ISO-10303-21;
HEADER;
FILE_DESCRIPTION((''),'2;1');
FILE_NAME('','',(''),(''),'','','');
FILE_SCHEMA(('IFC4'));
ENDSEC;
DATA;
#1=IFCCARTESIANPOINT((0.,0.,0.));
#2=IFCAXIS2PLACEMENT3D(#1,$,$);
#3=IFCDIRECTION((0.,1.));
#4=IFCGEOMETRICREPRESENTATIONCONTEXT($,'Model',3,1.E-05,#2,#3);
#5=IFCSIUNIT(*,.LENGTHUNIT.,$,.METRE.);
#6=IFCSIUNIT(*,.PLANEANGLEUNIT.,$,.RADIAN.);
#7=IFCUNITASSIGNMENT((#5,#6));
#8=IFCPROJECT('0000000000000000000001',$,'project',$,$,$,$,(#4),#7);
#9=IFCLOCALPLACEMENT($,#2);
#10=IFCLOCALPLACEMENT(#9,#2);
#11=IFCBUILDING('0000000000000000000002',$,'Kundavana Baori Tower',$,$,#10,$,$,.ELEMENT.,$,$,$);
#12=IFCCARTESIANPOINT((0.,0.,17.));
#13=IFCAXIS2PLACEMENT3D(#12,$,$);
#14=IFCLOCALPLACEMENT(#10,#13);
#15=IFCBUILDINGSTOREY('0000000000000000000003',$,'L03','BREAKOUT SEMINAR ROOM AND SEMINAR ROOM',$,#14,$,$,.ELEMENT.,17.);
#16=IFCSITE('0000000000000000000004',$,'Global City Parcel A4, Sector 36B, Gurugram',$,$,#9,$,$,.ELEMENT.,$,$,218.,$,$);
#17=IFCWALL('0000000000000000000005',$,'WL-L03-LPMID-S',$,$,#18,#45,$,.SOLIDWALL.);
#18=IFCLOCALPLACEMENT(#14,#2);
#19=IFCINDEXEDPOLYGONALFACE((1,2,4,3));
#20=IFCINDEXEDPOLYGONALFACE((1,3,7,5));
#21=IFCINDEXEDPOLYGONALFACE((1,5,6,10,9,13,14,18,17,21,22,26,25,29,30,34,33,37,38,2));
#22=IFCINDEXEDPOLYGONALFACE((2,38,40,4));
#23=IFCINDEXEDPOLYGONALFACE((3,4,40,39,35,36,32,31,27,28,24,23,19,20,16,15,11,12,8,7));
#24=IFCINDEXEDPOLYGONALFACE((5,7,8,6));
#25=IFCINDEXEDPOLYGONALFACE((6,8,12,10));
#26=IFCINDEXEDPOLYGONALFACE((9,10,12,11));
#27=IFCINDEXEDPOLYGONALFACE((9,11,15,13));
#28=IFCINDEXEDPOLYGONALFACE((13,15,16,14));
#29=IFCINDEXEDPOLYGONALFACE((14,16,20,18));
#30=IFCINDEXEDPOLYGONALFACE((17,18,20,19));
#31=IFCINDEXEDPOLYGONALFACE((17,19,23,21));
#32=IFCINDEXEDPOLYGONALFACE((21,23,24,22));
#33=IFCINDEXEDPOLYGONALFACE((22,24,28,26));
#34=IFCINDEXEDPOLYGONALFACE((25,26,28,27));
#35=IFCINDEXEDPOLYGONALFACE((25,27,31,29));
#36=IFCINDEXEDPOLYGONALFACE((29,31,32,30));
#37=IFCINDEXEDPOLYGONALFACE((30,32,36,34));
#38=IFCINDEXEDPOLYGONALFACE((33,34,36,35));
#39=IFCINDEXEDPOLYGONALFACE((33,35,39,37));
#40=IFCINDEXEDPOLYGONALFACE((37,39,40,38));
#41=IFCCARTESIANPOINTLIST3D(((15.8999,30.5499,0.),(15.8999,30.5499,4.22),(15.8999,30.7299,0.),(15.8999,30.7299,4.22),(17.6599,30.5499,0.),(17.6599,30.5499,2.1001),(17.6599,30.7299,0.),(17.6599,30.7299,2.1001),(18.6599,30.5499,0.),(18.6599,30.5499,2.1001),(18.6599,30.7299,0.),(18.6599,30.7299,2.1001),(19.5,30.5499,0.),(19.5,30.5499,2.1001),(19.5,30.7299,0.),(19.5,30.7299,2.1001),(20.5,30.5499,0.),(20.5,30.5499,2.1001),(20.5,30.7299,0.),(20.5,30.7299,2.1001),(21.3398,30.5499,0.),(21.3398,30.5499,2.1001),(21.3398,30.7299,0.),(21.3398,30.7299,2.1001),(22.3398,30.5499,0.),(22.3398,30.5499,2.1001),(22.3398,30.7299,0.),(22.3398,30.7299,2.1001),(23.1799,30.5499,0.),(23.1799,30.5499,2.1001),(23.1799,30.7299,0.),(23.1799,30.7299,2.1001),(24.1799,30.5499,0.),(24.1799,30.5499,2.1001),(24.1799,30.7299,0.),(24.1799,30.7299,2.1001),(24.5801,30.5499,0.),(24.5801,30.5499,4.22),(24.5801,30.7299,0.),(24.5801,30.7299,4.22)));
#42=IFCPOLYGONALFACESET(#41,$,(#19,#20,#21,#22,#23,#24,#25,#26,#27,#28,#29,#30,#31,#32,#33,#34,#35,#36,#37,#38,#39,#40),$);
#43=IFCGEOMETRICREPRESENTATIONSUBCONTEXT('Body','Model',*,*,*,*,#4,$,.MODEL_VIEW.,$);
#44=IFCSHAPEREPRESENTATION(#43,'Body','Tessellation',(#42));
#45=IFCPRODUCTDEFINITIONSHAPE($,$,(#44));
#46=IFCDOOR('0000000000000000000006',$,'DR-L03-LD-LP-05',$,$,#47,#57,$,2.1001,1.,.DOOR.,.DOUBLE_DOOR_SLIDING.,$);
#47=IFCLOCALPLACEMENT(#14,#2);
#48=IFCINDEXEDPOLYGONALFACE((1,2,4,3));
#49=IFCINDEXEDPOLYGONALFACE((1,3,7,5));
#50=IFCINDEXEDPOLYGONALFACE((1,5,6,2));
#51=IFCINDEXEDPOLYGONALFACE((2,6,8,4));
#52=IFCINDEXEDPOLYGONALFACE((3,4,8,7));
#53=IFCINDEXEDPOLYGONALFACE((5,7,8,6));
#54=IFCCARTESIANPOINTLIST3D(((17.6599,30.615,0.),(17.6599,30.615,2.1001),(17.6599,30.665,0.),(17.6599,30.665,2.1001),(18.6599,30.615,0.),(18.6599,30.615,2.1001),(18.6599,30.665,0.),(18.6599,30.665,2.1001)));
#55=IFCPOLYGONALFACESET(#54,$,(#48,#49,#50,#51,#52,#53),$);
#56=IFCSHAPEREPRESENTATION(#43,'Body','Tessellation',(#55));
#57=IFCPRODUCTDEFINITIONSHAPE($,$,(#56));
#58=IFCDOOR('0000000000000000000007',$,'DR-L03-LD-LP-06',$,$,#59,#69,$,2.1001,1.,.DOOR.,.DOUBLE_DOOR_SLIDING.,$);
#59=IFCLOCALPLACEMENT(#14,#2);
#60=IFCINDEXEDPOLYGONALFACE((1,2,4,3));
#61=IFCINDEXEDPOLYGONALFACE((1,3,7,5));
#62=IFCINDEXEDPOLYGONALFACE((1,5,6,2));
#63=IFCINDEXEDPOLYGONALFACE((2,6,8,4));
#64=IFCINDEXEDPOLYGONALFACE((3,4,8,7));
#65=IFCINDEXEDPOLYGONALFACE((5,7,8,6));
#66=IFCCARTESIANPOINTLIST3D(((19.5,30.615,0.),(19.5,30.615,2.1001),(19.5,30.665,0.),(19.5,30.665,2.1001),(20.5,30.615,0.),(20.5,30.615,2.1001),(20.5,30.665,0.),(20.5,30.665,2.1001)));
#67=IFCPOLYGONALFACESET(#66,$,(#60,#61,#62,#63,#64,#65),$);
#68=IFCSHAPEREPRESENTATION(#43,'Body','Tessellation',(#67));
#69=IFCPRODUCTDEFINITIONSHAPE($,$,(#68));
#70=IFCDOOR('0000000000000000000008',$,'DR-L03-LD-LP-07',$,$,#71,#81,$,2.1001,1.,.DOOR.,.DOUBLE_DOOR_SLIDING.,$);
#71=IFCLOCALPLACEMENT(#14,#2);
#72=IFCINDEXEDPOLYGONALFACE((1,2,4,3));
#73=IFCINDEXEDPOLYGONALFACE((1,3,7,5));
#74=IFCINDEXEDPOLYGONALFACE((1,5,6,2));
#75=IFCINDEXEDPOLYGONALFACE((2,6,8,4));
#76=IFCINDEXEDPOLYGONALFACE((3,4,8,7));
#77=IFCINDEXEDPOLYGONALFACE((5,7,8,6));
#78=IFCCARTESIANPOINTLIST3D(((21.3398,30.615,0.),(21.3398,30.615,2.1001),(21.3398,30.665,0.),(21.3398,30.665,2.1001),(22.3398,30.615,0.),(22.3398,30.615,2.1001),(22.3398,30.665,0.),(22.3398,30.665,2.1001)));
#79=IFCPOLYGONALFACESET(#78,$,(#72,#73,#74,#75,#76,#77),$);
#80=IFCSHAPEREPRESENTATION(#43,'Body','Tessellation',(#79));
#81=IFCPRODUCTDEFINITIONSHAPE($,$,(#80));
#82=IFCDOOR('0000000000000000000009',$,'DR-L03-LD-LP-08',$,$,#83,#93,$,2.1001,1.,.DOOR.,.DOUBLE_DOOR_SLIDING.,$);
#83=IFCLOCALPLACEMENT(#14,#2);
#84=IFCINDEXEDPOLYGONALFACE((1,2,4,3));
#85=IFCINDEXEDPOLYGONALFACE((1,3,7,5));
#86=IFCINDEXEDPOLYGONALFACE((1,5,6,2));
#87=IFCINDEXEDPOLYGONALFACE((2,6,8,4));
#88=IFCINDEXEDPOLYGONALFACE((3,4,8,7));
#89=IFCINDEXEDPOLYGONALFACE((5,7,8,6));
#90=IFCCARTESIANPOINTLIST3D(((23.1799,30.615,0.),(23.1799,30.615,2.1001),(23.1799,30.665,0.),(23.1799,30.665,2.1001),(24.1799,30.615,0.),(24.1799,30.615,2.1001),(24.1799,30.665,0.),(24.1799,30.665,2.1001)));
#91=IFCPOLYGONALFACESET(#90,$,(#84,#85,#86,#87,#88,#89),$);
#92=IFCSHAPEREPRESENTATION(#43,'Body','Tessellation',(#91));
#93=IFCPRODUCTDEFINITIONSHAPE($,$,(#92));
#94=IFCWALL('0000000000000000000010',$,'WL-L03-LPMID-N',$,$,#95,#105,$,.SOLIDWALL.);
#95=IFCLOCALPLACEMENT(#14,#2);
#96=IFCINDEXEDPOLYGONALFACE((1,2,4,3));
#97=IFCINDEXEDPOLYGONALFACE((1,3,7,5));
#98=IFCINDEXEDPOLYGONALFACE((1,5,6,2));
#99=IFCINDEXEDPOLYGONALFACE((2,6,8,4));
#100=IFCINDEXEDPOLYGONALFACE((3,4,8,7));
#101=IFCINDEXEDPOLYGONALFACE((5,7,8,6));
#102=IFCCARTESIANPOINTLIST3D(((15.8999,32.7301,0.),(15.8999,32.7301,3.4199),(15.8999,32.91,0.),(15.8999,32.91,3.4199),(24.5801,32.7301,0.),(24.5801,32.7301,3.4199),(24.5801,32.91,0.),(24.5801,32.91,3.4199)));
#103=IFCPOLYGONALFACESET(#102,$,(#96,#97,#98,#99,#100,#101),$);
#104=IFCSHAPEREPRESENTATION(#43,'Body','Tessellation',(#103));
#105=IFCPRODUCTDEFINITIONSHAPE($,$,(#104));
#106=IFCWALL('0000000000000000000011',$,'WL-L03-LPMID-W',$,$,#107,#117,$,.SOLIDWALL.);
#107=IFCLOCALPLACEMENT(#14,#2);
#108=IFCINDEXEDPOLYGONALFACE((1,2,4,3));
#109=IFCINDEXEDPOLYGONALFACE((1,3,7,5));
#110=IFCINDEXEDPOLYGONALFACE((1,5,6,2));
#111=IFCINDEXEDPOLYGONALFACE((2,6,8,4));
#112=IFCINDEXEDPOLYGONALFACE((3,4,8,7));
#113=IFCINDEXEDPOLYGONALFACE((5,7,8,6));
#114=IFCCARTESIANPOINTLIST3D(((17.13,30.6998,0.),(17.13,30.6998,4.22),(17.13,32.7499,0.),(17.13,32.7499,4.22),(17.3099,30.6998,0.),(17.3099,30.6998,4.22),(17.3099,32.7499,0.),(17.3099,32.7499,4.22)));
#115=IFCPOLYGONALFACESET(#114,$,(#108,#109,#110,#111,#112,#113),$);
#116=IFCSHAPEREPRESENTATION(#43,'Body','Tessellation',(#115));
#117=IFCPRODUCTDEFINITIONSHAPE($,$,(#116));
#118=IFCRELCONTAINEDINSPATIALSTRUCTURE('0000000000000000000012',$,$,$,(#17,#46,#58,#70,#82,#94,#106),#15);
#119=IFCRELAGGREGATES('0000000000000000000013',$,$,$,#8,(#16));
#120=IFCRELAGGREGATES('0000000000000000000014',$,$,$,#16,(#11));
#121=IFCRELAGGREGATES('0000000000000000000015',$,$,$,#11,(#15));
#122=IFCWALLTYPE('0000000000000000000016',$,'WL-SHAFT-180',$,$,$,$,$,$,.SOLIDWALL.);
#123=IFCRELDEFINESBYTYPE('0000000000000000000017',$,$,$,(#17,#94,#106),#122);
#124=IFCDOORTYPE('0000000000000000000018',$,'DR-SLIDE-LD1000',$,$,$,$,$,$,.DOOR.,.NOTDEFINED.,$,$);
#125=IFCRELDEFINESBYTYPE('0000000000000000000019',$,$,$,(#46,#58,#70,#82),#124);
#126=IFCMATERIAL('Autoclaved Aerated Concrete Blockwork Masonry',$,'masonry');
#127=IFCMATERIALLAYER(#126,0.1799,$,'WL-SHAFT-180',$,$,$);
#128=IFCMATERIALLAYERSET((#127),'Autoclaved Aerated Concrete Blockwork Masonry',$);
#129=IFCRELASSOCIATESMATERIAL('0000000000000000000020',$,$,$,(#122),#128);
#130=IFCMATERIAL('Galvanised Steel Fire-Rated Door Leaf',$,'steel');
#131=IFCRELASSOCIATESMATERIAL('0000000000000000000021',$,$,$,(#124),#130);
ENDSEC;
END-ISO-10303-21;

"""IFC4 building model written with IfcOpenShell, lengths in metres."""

from ifc_helpers import new_model, si_unit, direction, frame, frame_2d, origin, place, context, subcontext, project, spatial, rectangle, extrude, material, layer, layer_set, type_object, element, fill, save


model = new_model("IFC4")

# Units and contexts
model_context = context("Model", 3, precision=1e-05, world=origin(), true_north=direction((0.0, 1.0)))
body_context = subcontext(model_context, "Body", "Model", "MODEL_VIEW")
ifc_project = project(units=[si_unit("LENGTHUNIT", "METRE"), si_unit("PLANEANGLEUNIT", "RADIAN")], contexts=[model_context])

# Site, building, storey
site_placement = place(None, origin())
site = spatial("IfcSite", under=ifc_project, at=site_placement, Name="Global City Parcel A4, Sector 36B, Gurugram", CompositionType="ELEMENT", RefElevation=218.0)
building_placement = place(site_placement, origin())
building = spatial("IfcBuilding", under=site, at=building_placement, Name="Kundavana Baori Tower", CompositionType="ELEMENT")
storey_placement = place(building_placement, frame((0.0, 0.0, 17.0)))
storey = spatial("IfcBuildingStorey", under=building, at=storey_placement, Name="L03", Description="BREAKOUT SEMINAR ROOM AND SEMINAR ROOM", CompositionType="ELEMENT", Elevation=17.0)

# Wall, openings, doors
ifc_material_1 = material(Name="Autoclaved Aerated Concrete Blockwork Masonry", Category="masonry")
ifc_layer_1 = layer(ifc_material_1, 0.1799, Name="WL-SHAFT-180")
ifc_layer_set_1 = layer_set([ifc_layer_1], Name="Autoclaved Aerated Concrete Blockwork Masonry")
wall_type_1 = type_object("IfcWallType", Name="WL-SHAFT-180", PredefinedType="SOLIDWALL", material=ifc_layer_set_1)
wall_1_placement = place(storey_placement, frame((15.8999, 30.6399, 0.0), z_axis=(0.0, 0.0, 1.0), x_axis=(1.0, 0.0, 0.0)))
wall_1 = element("IfcWall", 1, at=wall_1_placement, inside=storey, type_object=wall_type_1, Name="WL-L03-LPMID-S", PredefinedType="SOLIDWALL", context=body_context, shape_type="SweptSolid", body=[
    extrude(rectangle(XDim=8.6802, YDim=0.1799, at=frame_2d((4.3401, 0.0))), origin(), (0.0, 0.0, 1.0), 4.22),
])
opening_1_placement = place(wall_1_placement, frame((1.76, 0.0, 0.0)))
opening_1 = element("IfcOpeningElement", 2, at=opening_1_placement, cuts=wall_1, PredefinedType="OPENING", context=body_context, shape_type="SweptSolid", body=[
    extrude(rectangle(XDim=1.0, YDim=2.1001, at=frame_2d((0.5, 1.05))), frame((0.0, 0.1001, 0.0), z_axis=(0.0, -1.0, 0.0), x_axis=(1.0, 0.0, 0.0)), (0.0, 0.0, 1.0), 0.2),
])
opening_2_placement = place(wall_1_placement, frame((3.6001, 0.0, 0.0)))
opening_2 = element("IfcOpeningElement", 3, at=opening_2_placement, cuts=wall_1, PredefinedType="OPENING", context=body_context, shape_type="SweptSolid", body=[
    extrude(rectangle(XDim=1.0, YDim=2.1001, at=frame_2d((0.5, 1.05))), frame((0.0, 0.1001, 0.0), z_axis=(0.0, -1.0, 0.0), x_axis=(1.0, 0.0, 0.0)), (0.0, 0.0, 1.0), 0.2),
])
opening_3_placement = place(wall_1_placement, frame((5.4399, 0.0, 0.0)))
opening_3 = element("IfcOpeningElement", 4, at=opening_3_placement, cuts=wall_1, PredefinedType="OPENING", context=body_context, shape_type="SweptSolid", body=[
    extrude(rectangle(XDim=1.0, YDim=2.1001, at=frame_2d((0.5, 1.05))), frame((0.0, 0.1001, 0.0), z_axis=(0.0, -1.0, 0.0), x_axis=(1.0, 0.0, 0.0)), (0.0, 0.0, 1.0), 0.2),
])
opening_4_placement = place(wall_1_placement, frame((7.28, 0.0, 0.0)))
opening_4 = element("IfcOpeningElement", 5, at=opening_4_placement, cuts=wall_1, PredefinedType="OPENING", context=body_context, shape_type="SweptSolid", body=[
    extrude(rectangle(XDim=1.0, YDim=2.1001, at=frame_2d((0.5, 1.05))), frame((0.0, 0.1001, 0.0), z_axis=(0.0, -1.0, 0.0), x_axis=(1.0, 0.0, 0.0)), (0.0, 0.0, 1.0), 0.2),
])
ifc_material_2 = material(Name="Galvanised Steel Fire-Rated Door Leaf", Category="steel")
door_type_1 = type_object("IfcDoorType", Name="DR-SLIDE-LD1000", OperationType="NOTDEFINED", PredefinedType="DOOR", material=ifc_material_2)
door_1_placement = place(opening_1_placement, frame((1.0, 0.0, 0.0), z_axis=(0.0, 0.0, 1.0), x_axis=(-1.0, 0.0, 0.0)))
door_1 = element("IfcDoor", 6, at=door_1_placement, inside=storey, type_object=door_type_1, Name="DR-L03-LD-LP-05", OperationType="DOUBLE_DOOR_SLIDING", OverallHeight=2.1001, OverallWidth=1.0, PredefinedType="DOOR", context=body_context, shape_type="SweptSolid", body=[
    extrude(rectangle(XDim=1.0, YDim=2.1001, at=frame_2d((0.5, 1.05))), frame((0.0, 0.0249, 0.0), z_axis=(0.0, -1.0, 0.0), x_axis=(1.0, 0.0, 0.0)), (0.0, 0.0, 1.0), 0.05),
])
fill(opening_1, door_1)
door_2_placement = place(opening_2_placement, frame((1.0, 0.0, 0.0), z_axis=(0.0, 0.0, 1.0), x_axis=(-1.0, 0.0, 0.0)))
door_2 = element("IfcDoor", 7, at=door_2_placement, inside=storey, type_object=door_type_1, Name="DR-L03-LD-LP-06", OperationType="DOUBLE_DOOR_SLIDING", OverallHeight=2.1001, OverallWidth=1.0, PredefinedType="DOOR", context=body_context, shape_type="SweptSolid", body=[
    extrude(rectangle(XDim=1.0, YDim=2.1001, at=frame_2d((0.5, 1.05))), frame((0.0, 0.0249, 0.0), z_axis=(0.0, -1.0, 0.0), x_axis=(1.0, 0.0, 0.0)), (0.0, 0.0, 1.0), 0.05),
])
fill(opening_2, door_2)
door_3_placement = place(opening_3_placement, frame((1.0, 0.0, 0.0), z_axis=(0.0, 0.0, 1.0), x_axis=(-1.0, 0.0, 0.0)))
door_3 = element("IfcDoor", 8, at=door_3_placement, inside=storey, type_object=door_type_1, Name="DR-L03-LD-LP-07", OperationType="DOUBLE_DOOR_SLIDING", OverallHeight=2.1001, OverallWidth=1.0, PredefinedType="DOOR", context=body_context, shape_type="SweptSolid", body=[
    extrude(rectangle(XDim=1.0, YDim=2.1001, at=frame_2d((0.5, 1.05))), frame((0.0, 0.0249, 0.0), z_axis=(0.0, -1.0, 0.0), x_axis=(1.0, 0.0, 0.0)), (0.0, 0.0, 1.0), 0.05),
])
fill(opening_3, door_3)
door_4_placement = place(opening_4_placement, frame((1.0, 0.0, 0.0), z_axis=(0.0, 0.0, 1.0), x_axis=(-1.0, 0.0, 0.0)))
door_4 = element("IfcDoor", 9, at=door_4_placement, inside=storey, type_object=door_type_1, Name="DR-L03-LD-LP-08", OperationType="DOUBLE_DOOR_SLIDING", OverallHeight=2.1001, OverallWidth=1.0, PredefinedType="DOOR", context=body_context, shape_type="SweptSolid", body=[
    extrude(rectangle(XDim=1.0, YDim=2.1001, at=frame_2d((0.5, 1.05))), frame((0.0, 0.0249, 0.0), z_axis=(0.0, -1.0, 0.0), x_axis=(1.0, 0.0, 0.0)), (0.0, 0.0, 1.0), 0.05),
])
fill(opening_4, door_4)

# Walls
wall_2_placement = place(storey_placement, frame((15.8999, 32.8201, 0.0), z_axis=(0.0, 0.0, 1.0), x_axis=(1.0, 0.0, 0.0)))
element("IfcWall", 10, at=wall_2_placement, inside=storey, type_object=wall_type_1, Name="WL-L03-LPMID-N", PredefinedType="SOLIDWALL", context=body_context, shape_type="SweptSolid", body=[
    extrude(rectangle(XDim=8.6802, YDim=0.1799, at=frame_2d((4.3401, 0.0))), origin(), (0.0, 0.0, 1.0), 3.4199),
])
wall_3_placement = place(storey_placement, frame((17.22, 30.7, 0.0), z_axis=(0.0, 0.0, 1.0), x_axis=(0.0, 1.0, 0.0)))
element("IfcWall", 11, at=wall_3_placement, inside=storey, type_object=wall_type_1, Name="WL-L03-LPMID-W", PredefinedType="SOLIDWALL", context=body_context, shape_type="SweptSolid", body=[
    extrude(rectangle(XDim=2.05, YDim=0.1799, at=frame_2d((1.0249, 0.0))), origin(), (0.0, 0.0, 1.0), 4.22),
])

save(model, "model.ifc")
